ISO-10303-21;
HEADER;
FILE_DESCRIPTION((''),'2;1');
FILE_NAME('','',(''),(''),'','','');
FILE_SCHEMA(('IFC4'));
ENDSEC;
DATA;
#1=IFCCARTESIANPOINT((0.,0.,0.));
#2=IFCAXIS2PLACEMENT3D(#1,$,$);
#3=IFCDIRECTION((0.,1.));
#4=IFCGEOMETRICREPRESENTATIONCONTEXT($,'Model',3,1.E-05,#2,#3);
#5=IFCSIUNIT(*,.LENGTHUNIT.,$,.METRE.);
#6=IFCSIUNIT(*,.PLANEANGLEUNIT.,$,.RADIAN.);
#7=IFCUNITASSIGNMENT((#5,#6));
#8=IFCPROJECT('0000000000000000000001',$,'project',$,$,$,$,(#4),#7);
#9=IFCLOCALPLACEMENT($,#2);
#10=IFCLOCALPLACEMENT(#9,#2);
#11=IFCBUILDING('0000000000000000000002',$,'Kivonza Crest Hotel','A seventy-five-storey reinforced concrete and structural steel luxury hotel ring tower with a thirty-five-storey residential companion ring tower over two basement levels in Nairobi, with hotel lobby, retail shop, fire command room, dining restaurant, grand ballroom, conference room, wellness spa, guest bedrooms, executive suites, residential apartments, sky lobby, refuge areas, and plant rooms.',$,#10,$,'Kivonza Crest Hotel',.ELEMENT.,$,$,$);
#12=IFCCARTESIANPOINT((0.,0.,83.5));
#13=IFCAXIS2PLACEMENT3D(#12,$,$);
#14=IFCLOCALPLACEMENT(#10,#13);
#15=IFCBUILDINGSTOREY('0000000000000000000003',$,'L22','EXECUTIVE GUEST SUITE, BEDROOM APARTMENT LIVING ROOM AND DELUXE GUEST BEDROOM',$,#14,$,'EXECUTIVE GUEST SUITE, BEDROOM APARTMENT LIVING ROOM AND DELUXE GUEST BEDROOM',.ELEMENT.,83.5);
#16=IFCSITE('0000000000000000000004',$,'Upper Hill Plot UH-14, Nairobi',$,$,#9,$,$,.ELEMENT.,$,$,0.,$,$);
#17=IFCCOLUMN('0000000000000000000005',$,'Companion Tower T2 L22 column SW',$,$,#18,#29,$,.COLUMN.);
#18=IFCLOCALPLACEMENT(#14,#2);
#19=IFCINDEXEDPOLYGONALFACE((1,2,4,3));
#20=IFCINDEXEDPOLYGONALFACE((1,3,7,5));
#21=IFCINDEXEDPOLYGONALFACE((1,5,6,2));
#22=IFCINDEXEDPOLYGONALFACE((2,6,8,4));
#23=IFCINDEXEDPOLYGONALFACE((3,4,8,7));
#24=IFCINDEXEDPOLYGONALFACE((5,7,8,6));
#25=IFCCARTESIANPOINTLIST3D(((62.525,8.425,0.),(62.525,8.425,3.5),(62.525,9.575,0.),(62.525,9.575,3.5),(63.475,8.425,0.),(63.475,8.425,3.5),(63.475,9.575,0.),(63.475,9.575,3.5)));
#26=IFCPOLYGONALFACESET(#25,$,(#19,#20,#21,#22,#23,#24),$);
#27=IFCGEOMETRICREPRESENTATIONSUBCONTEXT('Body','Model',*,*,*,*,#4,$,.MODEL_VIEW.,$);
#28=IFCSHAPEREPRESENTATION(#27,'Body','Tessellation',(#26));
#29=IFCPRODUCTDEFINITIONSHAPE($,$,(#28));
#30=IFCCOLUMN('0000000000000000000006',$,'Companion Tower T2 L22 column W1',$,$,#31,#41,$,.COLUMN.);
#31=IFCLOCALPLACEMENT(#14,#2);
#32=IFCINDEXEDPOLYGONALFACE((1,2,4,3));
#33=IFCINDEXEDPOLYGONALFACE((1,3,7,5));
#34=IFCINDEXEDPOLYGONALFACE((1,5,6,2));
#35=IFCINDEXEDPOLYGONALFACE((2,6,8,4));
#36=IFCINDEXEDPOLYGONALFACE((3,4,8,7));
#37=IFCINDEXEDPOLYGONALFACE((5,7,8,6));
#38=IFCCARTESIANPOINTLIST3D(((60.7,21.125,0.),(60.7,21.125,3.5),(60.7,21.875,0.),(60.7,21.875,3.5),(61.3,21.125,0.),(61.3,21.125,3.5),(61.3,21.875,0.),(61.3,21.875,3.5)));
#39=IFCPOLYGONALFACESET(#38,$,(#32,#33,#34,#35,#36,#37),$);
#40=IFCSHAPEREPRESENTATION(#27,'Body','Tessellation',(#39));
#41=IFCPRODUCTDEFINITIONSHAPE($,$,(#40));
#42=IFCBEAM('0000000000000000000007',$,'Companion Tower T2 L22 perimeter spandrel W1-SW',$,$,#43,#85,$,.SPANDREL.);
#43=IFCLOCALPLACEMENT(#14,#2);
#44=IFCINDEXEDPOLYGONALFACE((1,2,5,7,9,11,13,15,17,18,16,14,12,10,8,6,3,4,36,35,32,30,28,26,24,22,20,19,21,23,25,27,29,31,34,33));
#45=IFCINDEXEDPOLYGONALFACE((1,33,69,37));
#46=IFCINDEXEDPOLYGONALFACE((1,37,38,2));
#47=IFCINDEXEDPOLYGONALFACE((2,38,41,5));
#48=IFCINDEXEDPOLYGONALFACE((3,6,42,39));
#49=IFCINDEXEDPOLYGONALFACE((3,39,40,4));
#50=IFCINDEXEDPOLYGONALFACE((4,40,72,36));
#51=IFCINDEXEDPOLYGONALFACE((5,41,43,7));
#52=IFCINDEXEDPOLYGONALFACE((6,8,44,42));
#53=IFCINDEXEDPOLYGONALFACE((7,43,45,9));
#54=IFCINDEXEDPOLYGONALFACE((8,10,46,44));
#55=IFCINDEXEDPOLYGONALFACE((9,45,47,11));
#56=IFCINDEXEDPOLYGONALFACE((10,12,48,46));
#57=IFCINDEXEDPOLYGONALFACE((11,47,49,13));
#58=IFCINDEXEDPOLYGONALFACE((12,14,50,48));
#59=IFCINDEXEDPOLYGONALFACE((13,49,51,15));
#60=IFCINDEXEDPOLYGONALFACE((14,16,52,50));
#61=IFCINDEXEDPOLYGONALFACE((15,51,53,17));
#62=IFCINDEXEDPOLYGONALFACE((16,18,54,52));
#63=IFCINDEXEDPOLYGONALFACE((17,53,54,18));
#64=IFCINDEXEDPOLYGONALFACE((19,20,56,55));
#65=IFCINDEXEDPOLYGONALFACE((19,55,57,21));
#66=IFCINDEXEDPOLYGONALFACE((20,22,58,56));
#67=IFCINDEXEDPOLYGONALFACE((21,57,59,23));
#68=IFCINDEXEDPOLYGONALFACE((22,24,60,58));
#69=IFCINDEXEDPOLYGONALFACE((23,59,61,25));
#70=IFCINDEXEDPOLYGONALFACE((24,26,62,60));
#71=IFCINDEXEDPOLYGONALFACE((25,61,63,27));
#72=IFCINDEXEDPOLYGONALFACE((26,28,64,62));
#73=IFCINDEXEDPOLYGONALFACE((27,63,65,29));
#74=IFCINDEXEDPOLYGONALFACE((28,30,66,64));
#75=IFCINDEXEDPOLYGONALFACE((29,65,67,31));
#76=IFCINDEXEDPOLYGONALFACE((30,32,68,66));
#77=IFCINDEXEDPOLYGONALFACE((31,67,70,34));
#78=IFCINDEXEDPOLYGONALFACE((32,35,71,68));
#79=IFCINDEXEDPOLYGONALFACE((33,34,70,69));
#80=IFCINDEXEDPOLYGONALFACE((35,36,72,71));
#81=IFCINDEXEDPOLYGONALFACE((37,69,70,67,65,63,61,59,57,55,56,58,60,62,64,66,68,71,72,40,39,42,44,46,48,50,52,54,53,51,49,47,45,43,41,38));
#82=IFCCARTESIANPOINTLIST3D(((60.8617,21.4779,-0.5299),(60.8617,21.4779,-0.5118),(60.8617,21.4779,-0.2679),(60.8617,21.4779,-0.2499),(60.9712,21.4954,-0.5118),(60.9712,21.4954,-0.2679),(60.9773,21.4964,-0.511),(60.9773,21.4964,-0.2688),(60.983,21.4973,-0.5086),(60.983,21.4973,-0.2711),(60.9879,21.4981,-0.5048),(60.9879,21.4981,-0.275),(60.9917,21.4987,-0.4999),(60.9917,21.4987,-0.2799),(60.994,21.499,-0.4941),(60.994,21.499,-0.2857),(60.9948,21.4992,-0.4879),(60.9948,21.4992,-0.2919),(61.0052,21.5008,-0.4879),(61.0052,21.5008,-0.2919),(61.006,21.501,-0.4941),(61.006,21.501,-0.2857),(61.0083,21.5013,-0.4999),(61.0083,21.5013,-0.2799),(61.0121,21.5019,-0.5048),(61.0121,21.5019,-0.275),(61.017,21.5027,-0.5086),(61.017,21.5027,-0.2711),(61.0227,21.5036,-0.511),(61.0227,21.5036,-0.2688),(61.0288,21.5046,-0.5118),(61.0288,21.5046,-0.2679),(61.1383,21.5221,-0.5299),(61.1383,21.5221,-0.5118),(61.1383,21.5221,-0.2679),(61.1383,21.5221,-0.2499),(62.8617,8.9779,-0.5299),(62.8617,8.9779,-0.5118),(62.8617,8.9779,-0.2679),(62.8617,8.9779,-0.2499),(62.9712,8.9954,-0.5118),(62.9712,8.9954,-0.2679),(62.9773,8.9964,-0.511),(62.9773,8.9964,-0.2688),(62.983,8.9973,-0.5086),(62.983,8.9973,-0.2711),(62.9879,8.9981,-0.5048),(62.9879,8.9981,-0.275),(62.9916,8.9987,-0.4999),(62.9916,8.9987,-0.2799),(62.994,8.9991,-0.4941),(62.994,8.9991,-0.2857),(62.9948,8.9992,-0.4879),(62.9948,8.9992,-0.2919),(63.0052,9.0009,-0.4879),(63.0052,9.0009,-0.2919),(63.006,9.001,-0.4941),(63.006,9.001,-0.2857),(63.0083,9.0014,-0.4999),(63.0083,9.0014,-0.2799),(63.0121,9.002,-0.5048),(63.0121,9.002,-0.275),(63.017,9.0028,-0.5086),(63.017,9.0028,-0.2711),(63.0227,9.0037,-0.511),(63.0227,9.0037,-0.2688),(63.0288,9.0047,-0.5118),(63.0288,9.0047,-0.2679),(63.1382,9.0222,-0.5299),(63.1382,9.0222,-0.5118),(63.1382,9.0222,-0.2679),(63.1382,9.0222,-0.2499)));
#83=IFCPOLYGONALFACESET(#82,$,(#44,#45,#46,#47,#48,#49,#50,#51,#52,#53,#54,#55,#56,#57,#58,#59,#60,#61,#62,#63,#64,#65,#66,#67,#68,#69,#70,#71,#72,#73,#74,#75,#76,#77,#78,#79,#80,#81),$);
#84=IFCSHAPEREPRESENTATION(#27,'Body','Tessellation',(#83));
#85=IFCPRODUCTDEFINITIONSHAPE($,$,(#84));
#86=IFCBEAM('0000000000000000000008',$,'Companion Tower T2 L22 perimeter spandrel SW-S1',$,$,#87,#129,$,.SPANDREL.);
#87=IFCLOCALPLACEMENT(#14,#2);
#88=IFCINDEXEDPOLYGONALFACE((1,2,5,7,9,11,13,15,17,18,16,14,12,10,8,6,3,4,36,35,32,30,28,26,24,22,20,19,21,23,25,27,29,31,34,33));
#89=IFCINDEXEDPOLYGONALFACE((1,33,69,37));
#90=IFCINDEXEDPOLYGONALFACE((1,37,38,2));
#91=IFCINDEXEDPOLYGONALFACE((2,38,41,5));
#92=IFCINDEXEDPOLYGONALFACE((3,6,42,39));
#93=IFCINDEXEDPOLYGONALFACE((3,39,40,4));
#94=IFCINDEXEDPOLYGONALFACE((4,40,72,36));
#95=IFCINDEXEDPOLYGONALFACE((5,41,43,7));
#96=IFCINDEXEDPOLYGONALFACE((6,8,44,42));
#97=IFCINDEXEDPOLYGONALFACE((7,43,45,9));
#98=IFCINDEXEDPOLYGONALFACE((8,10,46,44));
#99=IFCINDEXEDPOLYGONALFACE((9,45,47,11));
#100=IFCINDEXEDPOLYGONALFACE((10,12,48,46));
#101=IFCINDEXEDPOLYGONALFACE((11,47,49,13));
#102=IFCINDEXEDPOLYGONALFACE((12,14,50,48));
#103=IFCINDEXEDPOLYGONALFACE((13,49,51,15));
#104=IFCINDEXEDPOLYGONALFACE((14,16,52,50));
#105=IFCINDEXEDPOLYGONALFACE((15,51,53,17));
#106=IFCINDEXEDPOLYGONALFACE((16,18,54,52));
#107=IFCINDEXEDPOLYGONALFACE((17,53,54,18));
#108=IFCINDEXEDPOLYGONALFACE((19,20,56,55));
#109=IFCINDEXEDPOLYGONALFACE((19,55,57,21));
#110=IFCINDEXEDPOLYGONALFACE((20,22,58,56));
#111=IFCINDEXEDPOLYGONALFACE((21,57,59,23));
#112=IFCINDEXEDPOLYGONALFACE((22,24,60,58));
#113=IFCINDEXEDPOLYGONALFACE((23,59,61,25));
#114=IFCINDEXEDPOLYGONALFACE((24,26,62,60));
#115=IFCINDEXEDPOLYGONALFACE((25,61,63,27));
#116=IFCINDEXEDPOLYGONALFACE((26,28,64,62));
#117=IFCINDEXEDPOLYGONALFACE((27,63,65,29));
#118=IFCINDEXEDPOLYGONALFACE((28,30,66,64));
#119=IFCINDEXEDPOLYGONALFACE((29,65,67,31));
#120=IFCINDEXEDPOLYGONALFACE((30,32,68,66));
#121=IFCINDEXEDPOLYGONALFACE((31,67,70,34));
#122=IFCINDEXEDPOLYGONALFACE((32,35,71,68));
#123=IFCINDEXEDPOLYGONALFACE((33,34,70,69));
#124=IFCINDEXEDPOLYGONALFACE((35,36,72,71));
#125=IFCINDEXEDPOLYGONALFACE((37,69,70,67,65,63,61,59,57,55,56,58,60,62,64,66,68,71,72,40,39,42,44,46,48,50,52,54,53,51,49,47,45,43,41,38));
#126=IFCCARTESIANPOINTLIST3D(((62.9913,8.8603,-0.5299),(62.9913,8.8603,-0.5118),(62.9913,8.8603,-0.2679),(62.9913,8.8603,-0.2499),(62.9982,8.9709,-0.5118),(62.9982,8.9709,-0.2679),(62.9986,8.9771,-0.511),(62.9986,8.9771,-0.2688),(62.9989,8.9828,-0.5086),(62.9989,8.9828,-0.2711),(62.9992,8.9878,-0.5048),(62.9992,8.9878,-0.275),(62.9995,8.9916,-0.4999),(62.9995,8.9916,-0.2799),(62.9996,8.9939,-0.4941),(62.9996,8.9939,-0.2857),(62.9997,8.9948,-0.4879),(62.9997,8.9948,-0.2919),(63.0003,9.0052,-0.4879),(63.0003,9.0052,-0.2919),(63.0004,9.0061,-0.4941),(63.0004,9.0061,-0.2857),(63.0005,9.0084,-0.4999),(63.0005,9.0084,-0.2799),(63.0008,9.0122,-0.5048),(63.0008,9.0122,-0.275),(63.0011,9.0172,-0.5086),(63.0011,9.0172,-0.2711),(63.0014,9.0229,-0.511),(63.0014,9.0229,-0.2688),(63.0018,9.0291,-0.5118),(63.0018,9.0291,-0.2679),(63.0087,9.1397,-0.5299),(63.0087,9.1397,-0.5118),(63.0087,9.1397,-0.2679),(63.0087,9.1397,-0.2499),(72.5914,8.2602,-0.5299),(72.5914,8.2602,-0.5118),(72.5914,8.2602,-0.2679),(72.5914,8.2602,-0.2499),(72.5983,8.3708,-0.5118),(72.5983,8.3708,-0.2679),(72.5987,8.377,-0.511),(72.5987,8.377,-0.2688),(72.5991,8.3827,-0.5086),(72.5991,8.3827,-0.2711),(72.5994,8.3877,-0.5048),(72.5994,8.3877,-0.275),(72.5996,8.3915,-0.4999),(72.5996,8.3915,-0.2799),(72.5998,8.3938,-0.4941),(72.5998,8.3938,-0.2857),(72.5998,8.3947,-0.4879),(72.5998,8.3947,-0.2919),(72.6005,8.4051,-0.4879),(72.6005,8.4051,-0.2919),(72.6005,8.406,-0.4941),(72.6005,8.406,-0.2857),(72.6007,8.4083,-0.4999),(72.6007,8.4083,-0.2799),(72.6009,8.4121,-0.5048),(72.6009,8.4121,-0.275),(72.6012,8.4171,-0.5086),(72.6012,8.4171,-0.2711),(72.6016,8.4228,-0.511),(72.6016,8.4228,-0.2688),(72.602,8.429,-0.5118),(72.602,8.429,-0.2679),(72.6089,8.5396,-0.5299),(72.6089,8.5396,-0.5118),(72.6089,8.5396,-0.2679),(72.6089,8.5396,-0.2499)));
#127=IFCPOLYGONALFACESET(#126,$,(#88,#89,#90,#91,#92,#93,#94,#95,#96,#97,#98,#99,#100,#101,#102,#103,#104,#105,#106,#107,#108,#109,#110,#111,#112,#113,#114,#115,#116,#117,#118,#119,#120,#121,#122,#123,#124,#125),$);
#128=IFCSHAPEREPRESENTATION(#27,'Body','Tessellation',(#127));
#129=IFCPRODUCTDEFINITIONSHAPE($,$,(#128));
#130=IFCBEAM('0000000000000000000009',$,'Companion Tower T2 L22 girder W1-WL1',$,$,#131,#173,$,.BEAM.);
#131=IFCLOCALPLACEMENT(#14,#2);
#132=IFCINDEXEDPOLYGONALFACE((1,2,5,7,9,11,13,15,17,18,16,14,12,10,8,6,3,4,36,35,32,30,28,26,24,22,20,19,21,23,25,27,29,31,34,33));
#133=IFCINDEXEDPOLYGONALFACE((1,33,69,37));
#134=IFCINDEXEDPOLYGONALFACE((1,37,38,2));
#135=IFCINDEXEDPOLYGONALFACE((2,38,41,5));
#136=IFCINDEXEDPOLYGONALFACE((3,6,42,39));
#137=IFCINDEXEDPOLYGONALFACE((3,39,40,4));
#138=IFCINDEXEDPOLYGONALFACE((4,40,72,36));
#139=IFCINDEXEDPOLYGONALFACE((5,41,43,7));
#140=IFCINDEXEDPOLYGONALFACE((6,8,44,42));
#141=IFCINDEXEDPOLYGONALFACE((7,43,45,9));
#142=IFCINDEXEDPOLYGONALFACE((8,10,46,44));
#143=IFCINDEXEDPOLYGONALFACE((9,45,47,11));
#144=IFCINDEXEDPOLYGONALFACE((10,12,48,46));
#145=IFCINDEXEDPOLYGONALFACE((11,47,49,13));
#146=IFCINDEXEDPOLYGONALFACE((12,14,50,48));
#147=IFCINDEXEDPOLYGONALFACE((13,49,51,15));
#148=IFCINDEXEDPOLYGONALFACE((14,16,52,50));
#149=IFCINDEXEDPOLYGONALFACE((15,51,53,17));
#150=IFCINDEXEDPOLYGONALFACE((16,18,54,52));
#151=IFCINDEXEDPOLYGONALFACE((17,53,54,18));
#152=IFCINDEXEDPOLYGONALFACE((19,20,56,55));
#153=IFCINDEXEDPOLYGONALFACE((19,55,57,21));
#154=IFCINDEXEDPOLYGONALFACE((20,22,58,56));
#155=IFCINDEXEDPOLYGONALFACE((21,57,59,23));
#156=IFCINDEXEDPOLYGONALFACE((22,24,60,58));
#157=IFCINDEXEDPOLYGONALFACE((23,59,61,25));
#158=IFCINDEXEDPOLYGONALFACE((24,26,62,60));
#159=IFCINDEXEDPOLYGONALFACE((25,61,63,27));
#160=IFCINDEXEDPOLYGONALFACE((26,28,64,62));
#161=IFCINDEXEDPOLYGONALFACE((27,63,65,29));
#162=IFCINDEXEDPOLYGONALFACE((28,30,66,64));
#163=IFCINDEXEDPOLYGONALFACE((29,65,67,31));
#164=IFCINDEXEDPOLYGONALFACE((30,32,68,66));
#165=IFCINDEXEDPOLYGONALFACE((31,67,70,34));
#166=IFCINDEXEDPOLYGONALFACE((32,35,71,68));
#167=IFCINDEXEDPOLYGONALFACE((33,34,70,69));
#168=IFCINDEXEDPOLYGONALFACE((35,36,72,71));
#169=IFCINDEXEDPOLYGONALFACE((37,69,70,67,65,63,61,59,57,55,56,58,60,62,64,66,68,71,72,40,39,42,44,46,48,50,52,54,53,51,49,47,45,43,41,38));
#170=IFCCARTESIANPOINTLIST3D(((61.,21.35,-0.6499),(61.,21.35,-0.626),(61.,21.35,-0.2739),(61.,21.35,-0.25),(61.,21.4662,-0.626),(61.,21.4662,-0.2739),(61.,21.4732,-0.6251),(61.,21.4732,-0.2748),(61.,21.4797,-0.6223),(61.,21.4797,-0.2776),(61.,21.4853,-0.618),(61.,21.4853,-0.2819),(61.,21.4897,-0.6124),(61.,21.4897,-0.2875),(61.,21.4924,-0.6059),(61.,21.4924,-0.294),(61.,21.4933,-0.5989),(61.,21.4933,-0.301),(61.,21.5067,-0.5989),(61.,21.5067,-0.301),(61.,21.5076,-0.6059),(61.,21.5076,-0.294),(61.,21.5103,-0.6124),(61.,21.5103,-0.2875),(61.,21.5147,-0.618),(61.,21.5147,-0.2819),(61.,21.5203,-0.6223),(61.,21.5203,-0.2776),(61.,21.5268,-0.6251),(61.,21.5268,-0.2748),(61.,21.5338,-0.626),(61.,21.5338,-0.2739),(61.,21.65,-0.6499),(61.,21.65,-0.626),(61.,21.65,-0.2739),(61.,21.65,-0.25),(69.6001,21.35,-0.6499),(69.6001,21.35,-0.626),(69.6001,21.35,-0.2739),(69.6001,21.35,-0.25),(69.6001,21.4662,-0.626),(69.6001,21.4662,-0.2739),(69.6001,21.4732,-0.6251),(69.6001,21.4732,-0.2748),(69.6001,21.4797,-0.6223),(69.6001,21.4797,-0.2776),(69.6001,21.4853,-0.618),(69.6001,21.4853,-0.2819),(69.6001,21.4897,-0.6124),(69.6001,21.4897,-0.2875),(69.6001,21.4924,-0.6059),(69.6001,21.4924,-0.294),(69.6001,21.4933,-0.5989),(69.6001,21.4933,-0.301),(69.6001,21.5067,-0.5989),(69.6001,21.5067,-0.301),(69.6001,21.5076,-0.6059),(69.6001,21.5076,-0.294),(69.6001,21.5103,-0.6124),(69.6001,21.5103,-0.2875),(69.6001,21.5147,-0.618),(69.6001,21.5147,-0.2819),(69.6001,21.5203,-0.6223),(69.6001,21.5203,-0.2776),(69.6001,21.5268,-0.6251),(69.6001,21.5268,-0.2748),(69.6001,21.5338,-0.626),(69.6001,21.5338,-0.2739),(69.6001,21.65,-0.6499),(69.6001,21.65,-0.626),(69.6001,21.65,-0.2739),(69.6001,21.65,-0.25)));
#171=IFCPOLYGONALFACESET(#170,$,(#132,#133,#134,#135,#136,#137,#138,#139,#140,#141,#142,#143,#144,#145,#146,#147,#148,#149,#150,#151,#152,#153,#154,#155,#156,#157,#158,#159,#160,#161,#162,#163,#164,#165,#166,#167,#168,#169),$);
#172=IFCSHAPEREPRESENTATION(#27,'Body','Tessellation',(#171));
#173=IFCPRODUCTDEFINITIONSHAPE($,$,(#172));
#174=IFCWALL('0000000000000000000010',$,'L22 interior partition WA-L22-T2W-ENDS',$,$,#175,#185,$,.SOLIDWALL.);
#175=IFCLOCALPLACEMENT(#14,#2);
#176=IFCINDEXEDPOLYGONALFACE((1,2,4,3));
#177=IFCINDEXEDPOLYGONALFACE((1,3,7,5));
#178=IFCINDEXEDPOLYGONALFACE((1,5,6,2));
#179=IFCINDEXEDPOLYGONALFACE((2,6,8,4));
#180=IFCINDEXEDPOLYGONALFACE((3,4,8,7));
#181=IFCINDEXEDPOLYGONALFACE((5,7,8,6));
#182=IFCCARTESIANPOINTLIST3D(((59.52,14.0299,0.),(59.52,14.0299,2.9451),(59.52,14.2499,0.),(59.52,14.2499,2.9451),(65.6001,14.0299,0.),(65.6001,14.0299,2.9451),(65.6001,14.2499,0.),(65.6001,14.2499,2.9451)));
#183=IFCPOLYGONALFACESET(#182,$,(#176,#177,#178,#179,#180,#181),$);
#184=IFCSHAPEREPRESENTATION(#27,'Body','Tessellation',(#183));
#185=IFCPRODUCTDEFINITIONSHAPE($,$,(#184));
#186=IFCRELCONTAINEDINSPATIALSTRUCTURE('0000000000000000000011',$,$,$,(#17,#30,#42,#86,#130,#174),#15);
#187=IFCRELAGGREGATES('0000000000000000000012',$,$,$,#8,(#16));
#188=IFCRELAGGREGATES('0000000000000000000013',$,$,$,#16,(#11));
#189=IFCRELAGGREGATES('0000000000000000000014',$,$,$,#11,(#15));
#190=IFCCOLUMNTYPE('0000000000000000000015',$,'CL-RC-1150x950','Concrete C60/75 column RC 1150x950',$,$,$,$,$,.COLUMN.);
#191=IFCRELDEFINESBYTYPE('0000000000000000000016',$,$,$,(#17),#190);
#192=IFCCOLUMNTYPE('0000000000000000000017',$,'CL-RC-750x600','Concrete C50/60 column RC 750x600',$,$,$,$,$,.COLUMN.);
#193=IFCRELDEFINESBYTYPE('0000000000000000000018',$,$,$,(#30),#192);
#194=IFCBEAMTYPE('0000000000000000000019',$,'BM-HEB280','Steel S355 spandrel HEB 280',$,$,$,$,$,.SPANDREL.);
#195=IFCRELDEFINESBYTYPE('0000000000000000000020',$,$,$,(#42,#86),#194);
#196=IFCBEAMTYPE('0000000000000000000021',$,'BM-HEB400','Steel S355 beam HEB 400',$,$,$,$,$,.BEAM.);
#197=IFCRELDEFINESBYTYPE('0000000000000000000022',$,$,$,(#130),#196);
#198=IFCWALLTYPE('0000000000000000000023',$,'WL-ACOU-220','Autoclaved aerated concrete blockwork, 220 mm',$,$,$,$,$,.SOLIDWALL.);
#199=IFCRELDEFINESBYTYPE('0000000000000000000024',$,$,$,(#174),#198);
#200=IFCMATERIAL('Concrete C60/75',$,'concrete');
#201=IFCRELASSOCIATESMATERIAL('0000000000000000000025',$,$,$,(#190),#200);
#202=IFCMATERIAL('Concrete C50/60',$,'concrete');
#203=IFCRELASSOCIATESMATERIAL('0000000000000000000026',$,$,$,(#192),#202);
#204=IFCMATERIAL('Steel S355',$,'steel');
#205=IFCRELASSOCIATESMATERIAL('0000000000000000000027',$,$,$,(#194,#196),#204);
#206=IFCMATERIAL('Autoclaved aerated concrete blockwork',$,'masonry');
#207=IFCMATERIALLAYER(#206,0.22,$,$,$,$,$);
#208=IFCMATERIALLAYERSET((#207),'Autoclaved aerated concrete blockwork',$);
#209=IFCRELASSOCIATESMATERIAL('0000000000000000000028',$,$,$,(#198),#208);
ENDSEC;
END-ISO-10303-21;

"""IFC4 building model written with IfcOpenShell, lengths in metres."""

from ifc_helpers import new_model, si_unit, direction, frame, frame_2d, origin, origin_2d, place, context, subcontext, project, spatial, rectangle, i_section, extrude, material, layer, layer_set, material_profile, profile_set, type_object, element, save


model = new_model("IFC4")

# Units and contexts
model_context = context("Model", 3, precision=1e-05, world=origin(), true_north=direction((0.0, 1.0)))
body_context = subcontext(model_context, "Body", "Model", "MODEL_VIEW")
ifc_project = project(units=[si_unit("LENGTHUNIT", "METRE"), si_unit("PLANEANGLEUNIT", "RADIAN")], contexts=[model_context])

# Site, building, storey
site_placement = place(None, origin())
site = spatial("IfcSite", under=ifc_project, at=site_placement, Name="Upper Hill Plot UH-14, Nairobi", CompositionType="ELEMENT", RefElevation=0.0)
building_placement = place(site_placement, origin())
building = spatial("IfcBuilding", under=site, at=building_placement, Name="Kivonza Crest Hotel", Description="A seventy-five-storey reinforced concrete and structural steel luxury hotel ring tower with a thirty-five-storey residential companion ring tower over two basement levels in Nairobi, with hotel lobby, retail shop, fire command room, dining restaurant, grand ballroom, conference room, wellness spa, guest bedrooms, executive suites, residential apartments, sky lobby, refuge areas, and plant rooms.", LongName="Kivonza Crest Hotel", CompositionType="ELEMENT")
storey_placement = place(building_placement, frame((0.0, 0.0, 83.5)))
storey = spatial("IfcBuildingStorey", under=building, at=storey_placement, Name="L22", Description="EXECUTIVE GUEST SUITE, BEDROOM APARTMENT LIVING ROOM AND DELUXE GUEST BEDROOM", LongName="EXECUTIVE GUEST SUITE, BEDROOM APARTMENT LIVING ROOM AND DELUXE GUEST BEDROOM", CompositionType="ELEMENT", Elevation=83.5)

# Columns
ifc_material_1 = material(Name="Concrete C60/75", Category="concrete")
ifc_material_profile_1 = material_profile(ifc_material_1, rectangle(XDim=0.95, YDim=1.1499, at=origin_2d()), Name="RC 1150x950")
ifc_profile_set_1 = profile_set([ifc_material_profile_1], Name="Concrete C60/75")
column_type_1 = type_object("IfcColumnType", Name="CL-RC-1150x950", Description="Concrete C60/75 column RC 1150x950", PredefinedType="COLUMN", material=ifc_profile_set_1)
column_1_placement = place(storey_placement, frame((63.0, 9.0, 0.0), z_axis=(0.0, 0.0, 1.0), x_axis=(1.0, 0.0, 0.0)))
element("IfcColumn", 1, at=column_1_placement, inside=storey, type_object=column_type_1, Name="Companion Tower T2 L22 column SW", PredefinedType="COLUMN", context=body_context, shape_type="SweptSolid", body=[
    extrude(rectangle(XDim=0.95, YDim=1.1499, at=origin_2d()), origin(), (0.0, 0.0, 1.0), 3.5),
])
ifc_material_2 = material(Name="Concrete C50/60", Category="concrete")
ifc_material_profile_2 = material_profile(ifc_material_2, rectangle(XDim=0.6001, YDim=0.75, at=origin_2d()), Name="RC 750x600")
ifc_profile_set_2 = profile_set([ifc_material_profile_2], Name="Concrete C50/60")
column_type_2 = type_object("IfcColumnType", Name="CL-RC-750x600", Description="Concrete C50/60 column RC 750x600", PredefinedType="COLUMN", material=ifc_profile_set_2)
column_2_placement = place(storey_placement, frame((61.0, 21.5, 0.0), z_axis=(0.0, 0.0, 1.0), x_axis=(1.0, 0.0, 0.0)))
element("IfcColumn", 2, at=column_2_placement, inside=storey, type_object=column_type_2, Name="Companion Tower T2 L22 column W1", PredefinedType="COLUMN", context=body_context, shape_type="SweptSolid", body=[
    extrude(rectangle(XDim=0.6001, YDim=0.75, at=origin_2d()), origin(), (0.0, 0.0, 1.0), 3.5),
])

# Beams
ifc_material_3 = material(Name="Steel S355", Category="steel")
ifc_material_profile_3 = material_profile(ifc_material_3, i_section(OverallWidth=0.28, OverallDepth=0.28, WebThickness=0.0105, FlangeThickness=0.0181, FilletRadius=0.0239, at=origin_2d()), Name="HEB 280")
ifc_profile_set_3 = profile_set([ifc_material_profile_3], Name="Steel S355")
beam_type_1 = type_object("IfcBeamType", Name="BM-HEB280", Description="Steel S355 spandrel HEB 280", PredefinedType="SPANDREL", material=ifc_profile_set_3)
beam_1_placement = place(storey_placement, frame((61.0, 21.5, -0.3899), z_axis=(0.157991, -0.987441, 0.0), x_axis=(0.987441, 0.157991, 0.0)))
element("IfcBeam", 3, at=beam_1_placement, inside=storey, type_object=beam_type_1, Name="Companion Tower T2 L22 perimeter spandrel W1-SW", PredefinedType="SPANDREL", context=body_context, shape_type="SweptSolid", body=[
    extrude(i_section(OverallWidth=0.28, OverallDepth=0.28, WebThickness=0.0105, FlangeThickness=0.0181, FilletRadius=0.0239, at=origin_2d()), origin(), (0.0, 0.0, 1.0), 12.6589),
])
beam_2_placement = place(storey_placement, frame((63.0, 9.0, -0.3899), z_axis=(0.998052, -0.062388, 0.0), x_axis=(0.062388, 0.998052, 0.0)))
element("IfcBeam", 4, at=beam_2_placement, inside=storey, type_object=beam_type_1, Name="Companion Tower T2 L22 perimeter spandrel SW-S1", PredefinedType="SPANDREL", context=body_context, shape_type="SweptSolid", body=[
    extrude(i_section(OverallWidth=0.28, OverallDepth=0.28, WebThickness=0.0105, FlangeThickness=0.0181, FilletRadius=0.0239, at=origin_2d()), origin(), (0.0, 0.0, 1.0), 9.6189),
])
ifc_material_profile_4 = material_profile(ifc_material_3, i_section(OverallWidth=0.3, OverallDepth=0.3999, WebThickness=0.0134, FlangeThickness=0.0239, FilletRadius=0.0271, at=origin_2d()), Name="HEB 400")
ifc_profile_set_4 = profile_set([ifc_material_profile_4], Name="Steel S355")
beam_type_2 = type_object("IfcBeamType", Name="BM-HEB400", Description="Steel S355 beam HEB 400", PredefinedType="BEAM", material=ifc_profile_set_4)
beam_3_placement = place(storey_placement, frame((61.0, 21.5, -0.45), z_axis=(1.0, 0.0, 0.0), x_axis=(0.0, 1.0, 0.0)))
element("IfcBeam", 5, at=beam_3_placement, inside=storey, type_object=beam_type_2, Name="Companion Tower T2 L22 girder W1-WL1", PredefinedType="BEAM", context=body_context, shape_type="SweptSolid", body=[
    extrude(i_section(OverallWidth=0.3, OverallDepth=0.3999, WebThickness=0.0134, FlangeThickness=0.0239, FilletRadius=0.0271, at=origin_2d()), origin(), (0.0, 0.0, 1.0), 8.6001),
])

# Wall
ifc_material_4 = material(Name="Autoclaved aerated concrete blockwork", Category="masonry")
ifc_layer_1 = layer(ifc_material_4, 0.22)
ifc_layer_set_1 = layer_set([ifc_layer_1], Name="Autoclaved aerated concrete blockwork")
wall_type_1 = type_object("IfcWallType", Name="WL-ACOU-220", Description="Autoclaved aerated concrete blockwork, 220 mm", PredefinedType="SOLIDWALL", material=ifc_layer_set_1)
wall_1_placement = place(storey_placement, frame((59.52, 14.1399, 0.0), z_axis=(0.0, 0.0, 1.0), x_axis=(1.0, 0.0, 0.0)))
element("IfcWall", 6, at=wall_1_placement, inside=storey, type_object=wall_type_1, Name="L22 interior partition WA-L22-T2W-ENDS", PredefinedType="SOLIDWALL", context=body_context, shape_type="SweptSolid", body=[
    extrude(rectangle(XDim=6.0801, YDim=0.22, at=frame_2d((3.04, 0.0))), origin(), (0.0, 0.0, 1.0), 2.9451),
])

save(model, "model.ifc")
